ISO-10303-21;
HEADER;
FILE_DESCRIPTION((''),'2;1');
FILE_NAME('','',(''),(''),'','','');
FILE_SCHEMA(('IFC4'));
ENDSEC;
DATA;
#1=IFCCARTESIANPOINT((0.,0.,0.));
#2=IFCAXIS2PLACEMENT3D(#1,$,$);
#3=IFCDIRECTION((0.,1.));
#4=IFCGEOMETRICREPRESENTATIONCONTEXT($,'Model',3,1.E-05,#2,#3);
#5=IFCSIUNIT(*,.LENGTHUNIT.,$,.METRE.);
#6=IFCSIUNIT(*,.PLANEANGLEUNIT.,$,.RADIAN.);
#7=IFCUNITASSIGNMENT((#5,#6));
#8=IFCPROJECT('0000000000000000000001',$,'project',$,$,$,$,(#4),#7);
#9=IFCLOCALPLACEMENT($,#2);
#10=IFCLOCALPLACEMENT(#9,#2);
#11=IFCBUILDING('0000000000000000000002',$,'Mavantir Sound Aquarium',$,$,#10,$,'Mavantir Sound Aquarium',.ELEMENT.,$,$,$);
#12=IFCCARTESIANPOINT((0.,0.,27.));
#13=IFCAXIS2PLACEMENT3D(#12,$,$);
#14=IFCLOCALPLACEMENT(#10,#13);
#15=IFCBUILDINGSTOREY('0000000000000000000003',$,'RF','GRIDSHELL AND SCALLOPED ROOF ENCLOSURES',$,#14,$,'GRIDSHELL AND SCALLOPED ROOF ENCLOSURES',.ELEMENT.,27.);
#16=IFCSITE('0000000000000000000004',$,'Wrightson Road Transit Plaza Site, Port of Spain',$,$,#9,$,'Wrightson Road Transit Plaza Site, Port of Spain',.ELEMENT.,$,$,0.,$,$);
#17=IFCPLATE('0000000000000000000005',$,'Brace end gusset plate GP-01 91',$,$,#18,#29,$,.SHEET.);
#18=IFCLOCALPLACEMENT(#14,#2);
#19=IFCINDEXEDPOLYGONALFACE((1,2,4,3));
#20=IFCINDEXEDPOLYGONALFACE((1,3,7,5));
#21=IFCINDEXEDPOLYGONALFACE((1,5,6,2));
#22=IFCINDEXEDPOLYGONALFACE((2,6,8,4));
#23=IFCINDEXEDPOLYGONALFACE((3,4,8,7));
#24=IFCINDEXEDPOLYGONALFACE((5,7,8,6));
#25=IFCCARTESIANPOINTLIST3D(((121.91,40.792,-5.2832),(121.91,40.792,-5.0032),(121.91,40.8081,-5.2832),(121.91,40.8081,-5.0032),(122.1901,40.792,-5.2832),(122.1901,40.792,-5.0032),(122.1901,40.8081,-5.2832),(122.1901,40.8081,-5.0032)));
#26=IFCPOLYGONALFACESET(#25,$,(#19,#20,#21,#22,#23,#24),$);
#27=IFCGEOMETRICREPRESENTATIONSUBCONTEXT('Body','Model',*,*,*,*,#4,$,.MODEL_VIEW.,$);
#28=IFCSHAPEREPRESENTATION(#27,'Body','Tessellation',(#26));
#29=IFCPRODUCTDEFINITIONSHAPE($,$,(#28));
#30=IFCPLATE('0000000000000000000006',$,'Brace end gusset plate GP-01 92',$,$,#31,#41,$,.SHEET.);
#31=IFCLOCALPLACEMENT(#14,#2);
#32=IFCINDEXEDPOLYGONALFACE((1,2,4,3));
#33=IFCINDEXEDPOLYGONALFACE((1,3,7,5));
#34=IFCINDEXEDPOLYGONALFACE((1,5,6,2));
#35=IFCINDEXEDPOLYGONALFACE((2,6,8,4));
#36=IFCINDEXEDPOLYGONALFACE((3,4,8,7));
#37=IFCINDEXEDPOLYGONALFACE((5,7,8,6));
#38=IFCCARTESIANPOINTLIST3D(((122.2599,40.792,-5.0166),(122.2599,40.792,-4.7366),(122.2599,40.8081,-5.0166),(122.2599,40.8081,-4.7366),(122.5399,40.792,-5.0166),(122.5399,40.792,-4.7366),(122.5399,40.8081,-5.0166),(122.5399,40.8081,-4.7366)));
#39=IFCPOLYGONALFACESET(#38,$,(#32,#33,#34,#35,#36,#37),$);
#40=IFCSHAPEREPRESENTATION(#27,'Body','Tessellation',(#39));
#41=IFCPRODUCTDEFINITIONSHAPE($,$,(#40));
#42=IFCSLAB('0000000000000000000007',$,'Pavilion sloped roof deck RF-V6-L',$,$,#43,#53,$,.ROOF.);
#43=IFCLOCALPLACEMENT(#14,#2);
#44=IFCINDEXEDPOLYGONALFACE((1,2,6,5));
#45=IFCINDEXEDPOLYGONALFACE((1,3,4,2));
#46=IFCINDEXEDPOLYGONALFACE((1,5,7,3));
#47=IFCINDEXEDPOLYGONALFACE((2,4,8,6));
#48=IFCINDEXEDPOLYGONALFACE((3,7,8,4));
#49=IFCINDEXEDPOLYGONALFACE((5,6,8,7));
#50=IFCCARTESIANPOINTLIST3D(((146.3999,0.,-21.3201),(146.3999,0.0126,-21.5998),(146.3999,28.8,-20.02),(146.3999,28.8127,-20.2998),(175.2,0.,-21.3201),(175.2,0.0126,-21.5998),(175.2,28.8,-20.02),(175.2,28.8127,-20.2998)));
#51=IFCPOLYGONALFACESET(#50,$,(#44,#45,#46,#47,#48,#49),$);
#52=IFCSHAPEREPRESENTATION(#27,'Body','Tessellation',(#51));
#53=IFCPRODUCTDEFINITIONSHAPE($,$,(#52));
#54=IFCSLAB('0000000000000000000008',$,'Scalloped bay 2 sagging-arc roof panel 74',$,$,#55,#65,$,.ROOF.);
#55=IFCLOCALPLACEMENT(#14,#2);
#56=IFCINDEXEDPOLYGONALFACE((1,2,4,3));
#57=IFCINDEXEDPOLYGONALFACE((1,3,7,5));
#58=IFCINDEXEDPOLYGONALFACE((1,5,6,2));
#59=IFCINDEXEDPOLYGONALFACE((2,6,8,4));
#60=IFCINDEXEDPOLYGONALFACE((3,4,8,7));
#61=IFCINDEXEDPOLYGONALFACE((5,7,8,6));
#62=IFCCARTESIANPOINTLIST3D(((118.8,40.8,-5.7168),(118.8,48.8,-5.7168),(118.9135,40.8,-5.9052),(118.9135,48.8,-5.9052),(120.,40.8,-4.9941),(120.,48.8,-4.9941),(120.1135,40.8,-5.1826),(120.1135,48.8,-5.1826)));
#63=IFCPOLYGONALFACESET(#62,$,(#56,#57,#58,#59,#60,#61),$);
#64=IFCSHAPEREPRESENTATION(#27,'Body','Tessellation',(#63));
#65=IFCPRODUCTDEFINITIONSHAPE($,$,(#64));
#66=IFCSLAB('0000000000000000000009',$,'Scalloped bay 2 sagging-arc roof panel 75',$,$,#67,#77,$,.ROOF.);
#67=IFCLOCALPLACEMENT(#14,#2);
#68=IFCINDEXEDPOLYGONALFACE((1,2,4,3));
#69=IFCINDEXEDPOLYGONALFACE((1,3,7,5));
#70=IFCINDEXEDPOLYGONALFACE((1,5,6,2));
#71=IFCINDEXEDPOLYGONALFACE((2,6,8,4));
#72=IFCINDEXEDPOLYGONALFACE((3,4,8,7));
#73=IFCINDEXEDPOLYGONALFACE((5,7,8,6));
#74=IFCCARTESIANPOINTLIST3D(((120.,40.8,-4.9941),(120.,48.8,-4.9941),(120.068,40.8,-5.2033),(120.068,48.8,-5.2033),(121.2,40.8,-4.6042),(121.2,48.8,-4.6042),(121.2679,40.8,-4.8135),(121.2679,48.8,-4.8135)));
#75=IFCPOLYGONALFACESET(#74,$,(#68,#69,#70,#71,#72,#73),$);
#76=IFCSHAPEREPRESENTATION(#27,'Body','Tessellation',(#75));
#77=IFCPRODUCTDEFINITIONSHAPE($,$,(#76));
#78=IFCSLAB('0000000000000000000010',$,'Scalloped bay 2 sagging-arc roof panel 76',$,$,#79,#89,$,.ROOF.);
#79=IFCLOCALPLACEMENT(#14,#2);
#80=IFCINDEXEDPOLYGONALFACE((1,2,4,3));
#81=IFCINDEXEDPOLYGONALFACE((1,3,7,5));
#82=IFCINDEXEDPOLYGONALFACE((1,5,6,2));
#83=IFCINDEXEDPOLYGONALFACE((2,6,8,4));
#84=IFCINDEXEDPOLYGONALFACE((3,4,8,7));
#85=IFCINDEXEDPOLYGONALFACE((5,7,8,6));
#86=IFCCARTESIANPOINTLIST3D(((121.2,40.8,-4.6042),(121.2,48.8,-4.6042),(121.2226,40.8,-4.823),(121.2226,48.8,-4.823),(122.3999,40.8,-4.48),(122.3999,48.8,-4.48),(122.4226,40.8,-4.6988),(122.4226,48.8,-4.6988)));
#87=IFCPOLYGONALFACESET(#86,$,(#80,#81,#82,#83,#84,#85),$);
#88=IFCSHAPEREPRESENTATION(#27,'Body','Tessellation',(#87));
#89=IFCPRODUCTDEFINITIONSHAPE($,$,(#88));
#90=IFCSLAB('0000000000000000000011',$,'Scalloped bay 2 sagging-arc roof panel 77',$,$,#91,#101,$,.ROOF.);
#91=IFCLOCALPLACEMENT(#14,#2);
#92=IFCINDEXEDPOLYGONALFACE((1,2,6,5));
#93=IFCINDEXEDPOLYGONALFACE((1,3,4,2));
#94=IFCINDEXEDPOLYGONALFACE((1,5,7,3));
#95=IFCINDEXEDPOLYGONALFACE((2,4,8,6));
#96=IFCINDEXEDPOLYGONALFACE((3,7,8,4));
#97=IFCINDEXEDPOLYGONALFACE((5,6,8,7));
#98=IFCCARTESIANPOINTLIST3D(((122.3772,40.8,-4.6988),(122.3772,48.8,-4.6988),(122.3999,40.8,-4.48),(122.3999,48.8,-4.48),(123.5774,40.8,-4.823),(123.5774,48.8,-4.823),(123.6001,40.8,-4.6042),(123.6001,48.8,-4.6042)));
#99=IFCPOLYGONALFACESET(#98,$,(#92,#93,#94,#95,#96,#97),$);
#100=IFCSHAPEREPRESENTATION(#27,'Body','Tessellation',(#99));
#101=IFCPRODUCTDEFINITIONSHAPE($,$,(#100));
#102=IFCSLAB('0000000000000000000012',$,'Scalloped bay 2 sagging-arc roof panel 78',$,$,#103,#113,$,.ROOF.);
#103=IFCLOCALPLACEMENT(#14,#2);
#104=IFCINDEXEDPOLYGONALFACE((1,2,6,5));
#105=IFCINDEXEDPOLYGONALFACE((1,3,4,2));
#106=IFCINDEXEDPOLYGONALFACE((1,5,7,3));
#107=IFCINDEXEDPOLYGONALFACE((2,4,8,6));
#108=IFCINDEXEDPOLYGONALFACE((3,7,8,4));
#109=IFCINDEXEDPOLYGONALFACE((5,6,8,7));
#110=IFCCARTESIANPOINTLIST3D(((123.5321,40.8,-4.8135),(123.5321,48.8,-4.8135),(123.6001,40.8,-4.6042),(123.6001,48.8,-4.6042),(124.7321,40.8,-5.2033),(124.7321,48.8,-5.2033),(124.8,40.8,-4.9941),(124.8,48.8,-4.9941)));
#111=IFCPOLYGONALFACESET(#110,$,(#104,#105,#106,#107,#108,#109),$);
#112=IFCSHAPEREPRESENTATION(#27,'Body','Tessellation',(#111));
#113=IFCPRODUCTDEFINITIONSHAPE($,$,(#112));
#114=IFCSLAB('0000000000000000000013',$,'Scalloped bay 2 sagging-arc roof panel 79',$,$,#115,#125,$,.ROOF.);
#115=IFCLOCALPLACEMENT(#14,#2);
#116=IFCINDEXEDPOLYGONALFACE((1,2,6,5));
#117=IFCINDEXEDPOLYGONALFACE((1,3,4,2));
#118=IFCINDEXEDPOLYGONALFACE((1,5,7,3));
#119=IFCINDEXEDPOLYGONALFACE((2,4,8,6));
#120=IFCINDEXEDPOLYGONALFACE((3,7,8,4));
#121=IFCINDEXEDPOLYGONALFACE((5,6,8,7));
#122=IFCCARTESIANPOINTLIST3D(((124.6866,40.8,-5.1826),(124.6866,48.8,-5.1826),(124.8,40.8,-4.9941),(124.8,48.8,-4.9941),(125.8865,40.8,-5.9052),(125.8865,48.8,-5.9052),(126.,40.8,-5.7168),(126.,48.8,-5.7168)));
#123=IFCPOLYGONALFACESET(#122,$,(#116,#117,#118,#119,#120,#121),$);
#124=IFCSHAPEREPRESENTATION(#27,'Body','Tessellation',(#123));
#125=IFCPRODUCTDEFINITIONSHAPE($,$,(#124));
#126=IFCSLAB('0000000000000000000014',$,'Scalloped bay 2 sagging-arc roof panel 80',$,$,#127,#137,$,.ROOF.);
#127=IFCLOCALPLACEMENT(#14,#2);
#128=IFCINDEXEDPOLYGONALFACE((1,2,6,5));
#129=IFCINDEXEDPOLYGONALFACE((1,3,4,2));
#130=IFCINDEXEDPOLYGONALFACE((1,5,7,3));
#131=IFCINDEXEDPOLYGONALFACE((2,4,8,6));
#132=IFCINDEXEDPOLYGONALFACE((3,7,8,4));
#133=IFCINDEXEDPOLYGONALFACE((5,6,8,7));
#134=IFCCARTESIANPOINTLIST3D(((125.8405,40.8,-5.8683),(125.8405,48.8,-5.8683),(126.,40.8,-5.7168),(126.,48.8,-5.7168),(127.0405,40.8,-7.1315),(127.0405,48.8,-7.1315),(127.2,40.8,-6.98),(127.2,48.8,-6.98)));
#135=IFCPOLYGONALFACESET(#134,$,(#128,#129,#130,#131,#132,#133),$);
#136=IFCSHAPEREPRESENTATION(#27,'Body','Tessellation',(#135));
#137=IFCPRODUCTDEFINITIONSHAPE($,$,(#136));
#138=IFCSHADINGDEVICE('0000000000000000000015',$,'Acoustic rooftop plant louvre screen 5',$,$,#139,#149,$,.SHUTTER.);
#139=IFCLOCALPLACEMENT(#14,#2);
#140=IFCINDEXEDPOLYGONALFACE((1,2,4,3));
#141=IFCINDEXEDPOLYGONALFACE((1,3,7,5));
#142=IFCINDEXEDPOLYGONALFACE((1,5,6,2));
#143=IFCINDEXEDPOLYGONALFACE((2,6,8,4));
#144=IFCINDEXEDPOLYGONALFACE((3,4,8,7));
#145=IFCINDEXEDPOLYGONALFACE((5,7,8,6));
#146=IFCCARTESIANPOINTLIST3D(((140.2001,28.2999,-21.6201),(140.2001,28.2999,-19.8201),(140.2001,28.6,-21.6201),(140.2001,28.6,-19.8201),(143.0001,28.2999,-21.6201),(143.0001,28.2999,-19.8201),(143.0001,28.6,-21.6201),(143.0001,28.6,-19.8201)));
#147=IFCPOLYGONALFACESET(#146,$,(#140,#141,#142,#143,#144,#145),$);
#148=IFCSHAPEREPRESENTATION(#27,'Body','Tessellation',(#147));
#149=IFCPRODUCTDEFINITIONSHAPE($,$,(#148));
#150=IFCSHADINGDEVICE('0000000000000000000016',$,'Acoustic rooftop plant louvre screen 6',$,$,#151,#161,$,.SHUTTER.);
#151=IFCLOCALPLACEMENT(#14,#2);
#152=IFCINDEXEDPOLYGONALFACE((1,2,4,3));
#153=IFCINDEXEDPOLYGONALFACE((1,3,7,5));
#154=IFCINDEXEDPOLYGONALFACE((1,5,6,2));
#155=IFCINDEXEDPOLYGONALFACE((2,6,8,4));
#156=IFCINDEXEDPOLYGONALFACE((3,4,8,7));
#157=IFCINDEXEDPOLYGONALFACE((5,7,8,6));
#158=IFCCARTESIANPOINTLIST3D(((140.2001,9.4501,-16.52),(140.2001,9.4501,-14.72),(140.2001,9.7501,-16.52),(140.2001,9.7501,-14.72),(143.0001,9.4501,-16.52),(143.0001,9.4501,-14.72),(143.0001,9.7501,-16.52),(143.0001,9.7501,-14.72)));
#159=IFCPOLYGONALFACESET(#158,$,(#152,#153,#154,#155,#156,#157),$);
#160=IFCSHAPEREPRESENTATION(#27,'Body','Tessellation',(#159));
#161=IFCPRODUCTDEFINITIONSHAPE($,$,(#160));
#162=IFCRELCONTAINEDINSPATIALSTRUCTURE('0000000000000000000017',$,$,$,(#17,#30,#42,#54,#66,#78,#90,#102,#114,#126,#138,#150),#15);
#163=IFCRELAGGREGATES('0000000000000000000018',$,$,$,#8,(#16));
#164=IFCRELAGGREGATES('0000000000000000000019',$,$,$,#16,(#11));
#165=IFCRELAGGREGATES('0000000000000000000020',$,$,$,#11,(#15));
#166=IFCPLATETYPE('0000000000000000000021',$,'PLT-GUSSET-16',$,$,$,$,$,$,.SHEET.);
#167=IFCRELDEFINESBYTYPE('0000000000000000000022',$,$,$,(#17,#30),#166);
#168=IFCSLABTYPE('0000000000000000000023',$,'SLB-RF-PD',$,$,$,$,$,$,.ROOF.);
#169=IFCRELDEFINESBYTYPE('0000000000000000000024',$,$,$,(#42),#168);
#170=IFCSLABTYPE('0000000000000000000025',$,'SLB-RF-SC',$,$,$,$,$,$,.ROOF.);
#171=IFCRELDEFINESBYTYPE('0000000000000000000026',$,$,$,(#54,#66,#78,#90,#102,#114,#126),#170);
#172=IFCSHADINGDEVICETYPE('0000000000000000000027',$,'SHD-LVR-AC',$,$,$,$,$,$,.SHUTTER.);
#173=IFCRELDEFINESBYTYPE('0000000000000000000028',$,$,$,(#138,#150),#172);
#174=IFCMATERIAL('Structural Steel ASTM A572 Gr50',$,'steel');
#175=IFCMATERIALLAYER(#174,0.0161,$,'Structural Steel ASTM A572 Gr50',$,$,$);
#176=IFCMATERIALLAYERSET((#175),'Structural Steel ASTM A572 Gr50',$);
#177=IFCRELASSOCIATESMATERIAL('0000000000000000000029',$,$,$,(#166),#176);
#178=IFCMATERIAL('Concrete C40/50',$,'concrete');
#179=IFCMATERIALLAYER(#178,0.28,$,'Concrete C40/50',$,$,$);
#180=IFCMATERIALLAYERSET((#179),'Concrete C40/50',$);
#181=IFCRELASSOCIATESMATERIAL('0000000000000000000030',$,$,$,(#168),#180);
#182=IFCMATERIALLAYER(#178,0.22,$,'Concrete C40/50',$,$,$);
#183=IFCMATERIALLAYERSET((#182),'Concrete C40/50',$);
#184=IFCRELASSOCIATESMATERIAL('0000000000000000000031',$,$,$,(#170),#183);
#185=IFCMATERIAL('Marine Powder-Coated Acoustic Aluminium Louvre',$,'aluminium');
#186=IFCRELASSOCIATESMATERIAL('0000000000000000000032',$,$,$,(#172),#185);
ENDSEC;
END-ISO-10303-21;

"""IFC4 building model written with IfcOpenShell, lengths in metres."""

from ifc_helpers import new_model, si_unit, direction, frame, origin, origin_2d, place, context, subcontext, project, spatial, polyline, rectangle, outline, extrude, material, layer, layer_set, type_object, element, save


model = new_model("IFC4")

# Units and contexts
model_context = context("Model", 3, precision=1e-05, world=origin(), true_north=direction((0.0, 1.0)))
body_context = subcontext(model_context, "Body", "Model", "MODEL_VIEW")
ifc_project = project(units=[si_unit("LENGTHUNIT", "METRE"), si_unit("PLANEANGLEUNIT", "RADIAN")], contexts=[model_context])

# Site, building, storey
site_placement = place(None, origin())
site = spatial("IfcSite", under=ifc_project, at=site_placement, Name="Wrightson Road Transit Plaza Site, Port of Spain", LongName="Wrightson Road Transit Plaza Site, Port of Spain", CompositionType="ELEMENT", RefElevation=0.0)
building_placement = place(site_placement, origin())
building = spatial("IfcBuilding", under=site, at=building_placement, Name="Mavantir Sound Aquarium", LongName="Mavantir Sound Aquarium", CompositionType="ELEMENT")
storey_placement = place(building_placement, frame((0.0, 0.0, 27.0)))
storey = spatial("IfcBuildingStorey", under=building, at=storey_placement, Name="RF", Description="GRIDSHELL AND SCALLOPED ROOF ENCLOSURES", LongName="GRIDSHELL AND SCALLOPED ROOF ENCLOSURES", CompositionType="ELEMENT", Elevation=27.0)

# Shared definitions
ifc_material_1 = material(Name="Concrete C40/50", Category="concrete")

# Plates
ifc_material_2 = material(Name="Structural Steel ASTM A572 Gr50", Category="steel")
ifc_layer_1 = layer(ifc_material_2, 0.0161, Name="Structural Steel ASTM A572 Gr50")
ifc_layer_set_1 = layer_set([ifc_layer_1], Name="Structural Steel ASTM A572 Gr50")
plate_type_1 = type_object("IfcPlateType", Name="PLT-GUSSET-16", PredefinedType="SHEET", material=ifc_layer_set_1)
for number, where, z_axis, x_axis, name in (
    (1, (122.05, 40.8, -5.2832), (0.0, 0.0, 1.0), (1.0, 0.0, 0.0), "Brace end gusset plate GP-01 91"),
    (2, (122.3999, 40.8, -5.0166), (0.0, 0.0, 1.0), (1.0, 0.0, 0.0), "Brace end gusset plate GP-01 92"),
):
    element("IfcPlate", number, at=place(storey_placement, frame(where, z_axis=z_axis, x_axis=x_axis)), inside=storey, type_object=plate_type_1, Name=name, PredefinedType="SHEET", context=body_context, shape_type="SweptSolid", body=[
        extrude(rectangle(XDim=0.28, YDim=0.0161, at=origin_2d()), origin(), (0.0, 0.0, 1.0), 0.28),
    ])

# Slabs
ifc_layer_2 = layer(ifc_material_1, 0.28, Name="Concrete C40/50")
ifc_layer_set_2 = layer_set([ifc_layer_2], Name="Concrete C40/50")
slab_type_1 = type_object("IfcSlabType", Name="SLB-RF-PD", PredefinedType="ROOF", material=ifc_layer_set_2)
slab_1_placement = place(storey_placement, frame((146.3999, 0.0, -21.3201), z_axis=(0.0, -0.045095, 0.998983), x_axis=(1.0, 0.0, 0.0)))
element("IfcSlab", 3, at=slab_1_placement, inside=storey, type_object=slab_type_1, Name="Pavilion sloped roof deck RF-V6-L", PredefinedType="ROOF", context=body_context, shape_type="SweptSolid", body=[
    extrude(outline(polyline([(0.0, 0.0), (28.8, 0.0), (28.8, 28.8294), (0.0, 28.8294), (0.0, 0.0)])), origin(), (0.0, 0.0, -1.0), 0.28),
])
ifc_layer_3 = layer(ifc_material_1, 0.22, Name="Concrete C40/50")
ifc_layer_set_3 = layer_set([ifc_layer_3], Name="Concrete C40/50")
slab_type_2 = type_object("IfcSlabType", Name="SLB-RF-SC", PredefinedType="ROOF", material=ifc_layer_set_3)
slab_2_placement = place(storey_placement, frame((118.8, 40.8, -5.7168), z_axis=(-0.515905, 0.0, 0.856646), x_axis=(0.856646, 0.0, 0.515905)))
element("IfcSlab", 4, at=slab_2_placement, inside=storey, type_object=slab_type_2, Name="Scalloped bay 2 sagging-arc roof panel 74", PredefinedType="ROOF", context=body_context, shape_type="SweptSolid", body=[
    extrude(outline(polyline([(0.0, 0.0), (1.4008, 0.0), (1.4008, 8.0), (0.0, 8.0), (0.0, 0.0)])), origin(), (0.0, 0.0, -1.0), 0.22),
])
slab_3_placement = place(storey_placement, frame((120.0, 40.8, -4.9941), z_axis=(-0.30902, 0.0, 0.951055), x_axis=(0.951055, 0.0, 0.30902)))
element("IfcSlab", 5, at=slab_3_placement, inside=storey, type_object=slab_type_2, Name="Scalloped bay 2 sagging-arc roof panel 75", PredefinedType="ROOF", context=body_context, shape_type="SweptSolid", body=[
    extrude(outline(polyline([(0.0, 0.0), (1.2617, 0.0), (1.2617, 8.0), (0.0, 8.0), (0.0, 0.0)])), origin(), (0.0, 0.0, -1.0), 0.22),
])
slab_4_placement = place(storey_placement, frame((121.2, 40.8, -4.6042), z_axis=(-0.10301, 0.0, 0.99468), x_axis=(0.99468, 0.0, 0.10301)))
element("IfcSlab", 6, at=slab_4_placement, inside=storey, type_object=slab_type_2, Name="Scalloped bay 2 sagging-arc roof panel 76", PredefinedType="ROOF", context=body_context, shape_type="SweptSolid", body=[
    extrude(outline(polyline([(0.0, 0.0), (1.2064, 0.0), (1.2064, 8.0), (0.0, 8.0), (0.0, 0.0)])), origin(), (0.0, 0.0, -1.0), 0.22),
])
slab_5_placement = place(storey_placement, frame((122.3999, 40.8, -4.48), z_axis=(0.102989, 0.0, 0.994683), x_axis=(0.994683, 0.0, -0.102989)))
element("IfcSlab", 7, at=slab_5_placement, inside=storey, type_object=slab_type_2, Name="Scalloped bay 2 sagging-arc roof panel 77", PredefinedType="ROOF", context=body_context, shape_type="SweptSolid", body=[
    extrude(outline(polyline([(0.0, 0.0), (1.2066, 0.0), (1.2066, 8.0), (0.0, 8.0), (0.0, 0.0)])), origin(), (0.0, 0.0, -1.0), 0.22),
])
slab_6_placement = place(storey_placement, frame((123.6001, 40.8, -4.6042), z_axis=(0.30902, 0.0, 0.951055), x_axis=(0.951055, 0.0, -0.30902)))
element("IfcSlab", 8, at=slab_6_placement, inside=storey, type_object=slab_type_2, Name="Scalloped bay 2 sagging-arc roof panel 78", PredefinedType="ROOF", context=body_context, shape_type="SweptSolid", body=[
    extrude(outline(polyline([(0.0, 0.0), (1.2617, 0.0), (1.2617, 8.0), (0.0, 8.0), (0.0, 0.0)])), origin(), (0.0, 0.0, -1.0), 0.22),
])
slab_7_placement = place(storey_placement, frame((124.8, 40.8, -4.9941), z_axis=(0.515905, 0.0, 0.856646), x_axis=(0.856646, 0.0, -0.515905)))
element("IfcSlab", 9, at=slab_7_placement, inside=storey, type_object=slab_type_2, Name="Scalloped bay 2 sagging-arc roof panel 79", PredefinedType="ROOF", context=body_context, shape_type="SweptSolid", body=[
    extrude(outline(polyline([(0.0, 0.0), (1.4008, 0.0), (1.4008, 8.0), (0.0, 8.0), (0.0, 0.0)])), origin(), (0.0, 0.0, -1.0), 0.22),
])
slab_8_placement = place(storey_placement, frame((126.0, 40.8, -5.7168), z_axis=(0.72502, 0.0, 0.688727), x_axis=(0.688727, 0.0, -0.72502)))
element("IfcSlab", 10, at=slab_8_placement, inside=storey, type_object=slab_type_2, Name="Scalloped bay 2 sagging-arc roof panel 80", PredefinedType="ROOF", context=body_context, shape_type="SweptSolid", body=[
    extrude(outline(polyline([(0.0, 0.0), (1.7423, 0.0), (1.7423, 8.0), (0.0, 8.0), (0.0, 0.0)])), origin(), (0.0, 0.0, -1.0), 0.22),
])

# Shading devices
ifc_material_3 = material(Name="Marine Powder-Coated Acoustic Aluminium Louvre", Category="aluminium")
shading_device_type = type_object("IfcShadingDeviceType", Name="SHD-LVR-AC", PredefinedType="SHUTTER", material=ifc_material_3)
for number, where, z_axis, x_axis, name in (
    (11, (141.6001, 28.45, -21.6201), (0.0, 0.0, 1.0), (1.0, 0.0, 0.0), "Acoustic rooftop plant louvre screen 5"),
    (12, (141.6001, 9.6001, -16.52), (0.0, 0.0, 1.0), (1.0, 0.0, 0.0), "Acoustic rooftop plant louvre screen 6"),
):
    element("IfcShadingDevice", number, at=place(storey_placement, frame(where, z_axis=z_axis, x_axis=x_axis)), inside=storey, type_object=shading_device_type, Name=name, PredefinedType="SHUTTER", context=body_context, shape_type="SweptSolid", body=[
        extrude(rectangle(XDim=2.8, YDim=0.3, at=origin_2d()), origin(), (0.0, 0.0, 1.0), 1.8),
    ])

save(model, "model.ifc")
